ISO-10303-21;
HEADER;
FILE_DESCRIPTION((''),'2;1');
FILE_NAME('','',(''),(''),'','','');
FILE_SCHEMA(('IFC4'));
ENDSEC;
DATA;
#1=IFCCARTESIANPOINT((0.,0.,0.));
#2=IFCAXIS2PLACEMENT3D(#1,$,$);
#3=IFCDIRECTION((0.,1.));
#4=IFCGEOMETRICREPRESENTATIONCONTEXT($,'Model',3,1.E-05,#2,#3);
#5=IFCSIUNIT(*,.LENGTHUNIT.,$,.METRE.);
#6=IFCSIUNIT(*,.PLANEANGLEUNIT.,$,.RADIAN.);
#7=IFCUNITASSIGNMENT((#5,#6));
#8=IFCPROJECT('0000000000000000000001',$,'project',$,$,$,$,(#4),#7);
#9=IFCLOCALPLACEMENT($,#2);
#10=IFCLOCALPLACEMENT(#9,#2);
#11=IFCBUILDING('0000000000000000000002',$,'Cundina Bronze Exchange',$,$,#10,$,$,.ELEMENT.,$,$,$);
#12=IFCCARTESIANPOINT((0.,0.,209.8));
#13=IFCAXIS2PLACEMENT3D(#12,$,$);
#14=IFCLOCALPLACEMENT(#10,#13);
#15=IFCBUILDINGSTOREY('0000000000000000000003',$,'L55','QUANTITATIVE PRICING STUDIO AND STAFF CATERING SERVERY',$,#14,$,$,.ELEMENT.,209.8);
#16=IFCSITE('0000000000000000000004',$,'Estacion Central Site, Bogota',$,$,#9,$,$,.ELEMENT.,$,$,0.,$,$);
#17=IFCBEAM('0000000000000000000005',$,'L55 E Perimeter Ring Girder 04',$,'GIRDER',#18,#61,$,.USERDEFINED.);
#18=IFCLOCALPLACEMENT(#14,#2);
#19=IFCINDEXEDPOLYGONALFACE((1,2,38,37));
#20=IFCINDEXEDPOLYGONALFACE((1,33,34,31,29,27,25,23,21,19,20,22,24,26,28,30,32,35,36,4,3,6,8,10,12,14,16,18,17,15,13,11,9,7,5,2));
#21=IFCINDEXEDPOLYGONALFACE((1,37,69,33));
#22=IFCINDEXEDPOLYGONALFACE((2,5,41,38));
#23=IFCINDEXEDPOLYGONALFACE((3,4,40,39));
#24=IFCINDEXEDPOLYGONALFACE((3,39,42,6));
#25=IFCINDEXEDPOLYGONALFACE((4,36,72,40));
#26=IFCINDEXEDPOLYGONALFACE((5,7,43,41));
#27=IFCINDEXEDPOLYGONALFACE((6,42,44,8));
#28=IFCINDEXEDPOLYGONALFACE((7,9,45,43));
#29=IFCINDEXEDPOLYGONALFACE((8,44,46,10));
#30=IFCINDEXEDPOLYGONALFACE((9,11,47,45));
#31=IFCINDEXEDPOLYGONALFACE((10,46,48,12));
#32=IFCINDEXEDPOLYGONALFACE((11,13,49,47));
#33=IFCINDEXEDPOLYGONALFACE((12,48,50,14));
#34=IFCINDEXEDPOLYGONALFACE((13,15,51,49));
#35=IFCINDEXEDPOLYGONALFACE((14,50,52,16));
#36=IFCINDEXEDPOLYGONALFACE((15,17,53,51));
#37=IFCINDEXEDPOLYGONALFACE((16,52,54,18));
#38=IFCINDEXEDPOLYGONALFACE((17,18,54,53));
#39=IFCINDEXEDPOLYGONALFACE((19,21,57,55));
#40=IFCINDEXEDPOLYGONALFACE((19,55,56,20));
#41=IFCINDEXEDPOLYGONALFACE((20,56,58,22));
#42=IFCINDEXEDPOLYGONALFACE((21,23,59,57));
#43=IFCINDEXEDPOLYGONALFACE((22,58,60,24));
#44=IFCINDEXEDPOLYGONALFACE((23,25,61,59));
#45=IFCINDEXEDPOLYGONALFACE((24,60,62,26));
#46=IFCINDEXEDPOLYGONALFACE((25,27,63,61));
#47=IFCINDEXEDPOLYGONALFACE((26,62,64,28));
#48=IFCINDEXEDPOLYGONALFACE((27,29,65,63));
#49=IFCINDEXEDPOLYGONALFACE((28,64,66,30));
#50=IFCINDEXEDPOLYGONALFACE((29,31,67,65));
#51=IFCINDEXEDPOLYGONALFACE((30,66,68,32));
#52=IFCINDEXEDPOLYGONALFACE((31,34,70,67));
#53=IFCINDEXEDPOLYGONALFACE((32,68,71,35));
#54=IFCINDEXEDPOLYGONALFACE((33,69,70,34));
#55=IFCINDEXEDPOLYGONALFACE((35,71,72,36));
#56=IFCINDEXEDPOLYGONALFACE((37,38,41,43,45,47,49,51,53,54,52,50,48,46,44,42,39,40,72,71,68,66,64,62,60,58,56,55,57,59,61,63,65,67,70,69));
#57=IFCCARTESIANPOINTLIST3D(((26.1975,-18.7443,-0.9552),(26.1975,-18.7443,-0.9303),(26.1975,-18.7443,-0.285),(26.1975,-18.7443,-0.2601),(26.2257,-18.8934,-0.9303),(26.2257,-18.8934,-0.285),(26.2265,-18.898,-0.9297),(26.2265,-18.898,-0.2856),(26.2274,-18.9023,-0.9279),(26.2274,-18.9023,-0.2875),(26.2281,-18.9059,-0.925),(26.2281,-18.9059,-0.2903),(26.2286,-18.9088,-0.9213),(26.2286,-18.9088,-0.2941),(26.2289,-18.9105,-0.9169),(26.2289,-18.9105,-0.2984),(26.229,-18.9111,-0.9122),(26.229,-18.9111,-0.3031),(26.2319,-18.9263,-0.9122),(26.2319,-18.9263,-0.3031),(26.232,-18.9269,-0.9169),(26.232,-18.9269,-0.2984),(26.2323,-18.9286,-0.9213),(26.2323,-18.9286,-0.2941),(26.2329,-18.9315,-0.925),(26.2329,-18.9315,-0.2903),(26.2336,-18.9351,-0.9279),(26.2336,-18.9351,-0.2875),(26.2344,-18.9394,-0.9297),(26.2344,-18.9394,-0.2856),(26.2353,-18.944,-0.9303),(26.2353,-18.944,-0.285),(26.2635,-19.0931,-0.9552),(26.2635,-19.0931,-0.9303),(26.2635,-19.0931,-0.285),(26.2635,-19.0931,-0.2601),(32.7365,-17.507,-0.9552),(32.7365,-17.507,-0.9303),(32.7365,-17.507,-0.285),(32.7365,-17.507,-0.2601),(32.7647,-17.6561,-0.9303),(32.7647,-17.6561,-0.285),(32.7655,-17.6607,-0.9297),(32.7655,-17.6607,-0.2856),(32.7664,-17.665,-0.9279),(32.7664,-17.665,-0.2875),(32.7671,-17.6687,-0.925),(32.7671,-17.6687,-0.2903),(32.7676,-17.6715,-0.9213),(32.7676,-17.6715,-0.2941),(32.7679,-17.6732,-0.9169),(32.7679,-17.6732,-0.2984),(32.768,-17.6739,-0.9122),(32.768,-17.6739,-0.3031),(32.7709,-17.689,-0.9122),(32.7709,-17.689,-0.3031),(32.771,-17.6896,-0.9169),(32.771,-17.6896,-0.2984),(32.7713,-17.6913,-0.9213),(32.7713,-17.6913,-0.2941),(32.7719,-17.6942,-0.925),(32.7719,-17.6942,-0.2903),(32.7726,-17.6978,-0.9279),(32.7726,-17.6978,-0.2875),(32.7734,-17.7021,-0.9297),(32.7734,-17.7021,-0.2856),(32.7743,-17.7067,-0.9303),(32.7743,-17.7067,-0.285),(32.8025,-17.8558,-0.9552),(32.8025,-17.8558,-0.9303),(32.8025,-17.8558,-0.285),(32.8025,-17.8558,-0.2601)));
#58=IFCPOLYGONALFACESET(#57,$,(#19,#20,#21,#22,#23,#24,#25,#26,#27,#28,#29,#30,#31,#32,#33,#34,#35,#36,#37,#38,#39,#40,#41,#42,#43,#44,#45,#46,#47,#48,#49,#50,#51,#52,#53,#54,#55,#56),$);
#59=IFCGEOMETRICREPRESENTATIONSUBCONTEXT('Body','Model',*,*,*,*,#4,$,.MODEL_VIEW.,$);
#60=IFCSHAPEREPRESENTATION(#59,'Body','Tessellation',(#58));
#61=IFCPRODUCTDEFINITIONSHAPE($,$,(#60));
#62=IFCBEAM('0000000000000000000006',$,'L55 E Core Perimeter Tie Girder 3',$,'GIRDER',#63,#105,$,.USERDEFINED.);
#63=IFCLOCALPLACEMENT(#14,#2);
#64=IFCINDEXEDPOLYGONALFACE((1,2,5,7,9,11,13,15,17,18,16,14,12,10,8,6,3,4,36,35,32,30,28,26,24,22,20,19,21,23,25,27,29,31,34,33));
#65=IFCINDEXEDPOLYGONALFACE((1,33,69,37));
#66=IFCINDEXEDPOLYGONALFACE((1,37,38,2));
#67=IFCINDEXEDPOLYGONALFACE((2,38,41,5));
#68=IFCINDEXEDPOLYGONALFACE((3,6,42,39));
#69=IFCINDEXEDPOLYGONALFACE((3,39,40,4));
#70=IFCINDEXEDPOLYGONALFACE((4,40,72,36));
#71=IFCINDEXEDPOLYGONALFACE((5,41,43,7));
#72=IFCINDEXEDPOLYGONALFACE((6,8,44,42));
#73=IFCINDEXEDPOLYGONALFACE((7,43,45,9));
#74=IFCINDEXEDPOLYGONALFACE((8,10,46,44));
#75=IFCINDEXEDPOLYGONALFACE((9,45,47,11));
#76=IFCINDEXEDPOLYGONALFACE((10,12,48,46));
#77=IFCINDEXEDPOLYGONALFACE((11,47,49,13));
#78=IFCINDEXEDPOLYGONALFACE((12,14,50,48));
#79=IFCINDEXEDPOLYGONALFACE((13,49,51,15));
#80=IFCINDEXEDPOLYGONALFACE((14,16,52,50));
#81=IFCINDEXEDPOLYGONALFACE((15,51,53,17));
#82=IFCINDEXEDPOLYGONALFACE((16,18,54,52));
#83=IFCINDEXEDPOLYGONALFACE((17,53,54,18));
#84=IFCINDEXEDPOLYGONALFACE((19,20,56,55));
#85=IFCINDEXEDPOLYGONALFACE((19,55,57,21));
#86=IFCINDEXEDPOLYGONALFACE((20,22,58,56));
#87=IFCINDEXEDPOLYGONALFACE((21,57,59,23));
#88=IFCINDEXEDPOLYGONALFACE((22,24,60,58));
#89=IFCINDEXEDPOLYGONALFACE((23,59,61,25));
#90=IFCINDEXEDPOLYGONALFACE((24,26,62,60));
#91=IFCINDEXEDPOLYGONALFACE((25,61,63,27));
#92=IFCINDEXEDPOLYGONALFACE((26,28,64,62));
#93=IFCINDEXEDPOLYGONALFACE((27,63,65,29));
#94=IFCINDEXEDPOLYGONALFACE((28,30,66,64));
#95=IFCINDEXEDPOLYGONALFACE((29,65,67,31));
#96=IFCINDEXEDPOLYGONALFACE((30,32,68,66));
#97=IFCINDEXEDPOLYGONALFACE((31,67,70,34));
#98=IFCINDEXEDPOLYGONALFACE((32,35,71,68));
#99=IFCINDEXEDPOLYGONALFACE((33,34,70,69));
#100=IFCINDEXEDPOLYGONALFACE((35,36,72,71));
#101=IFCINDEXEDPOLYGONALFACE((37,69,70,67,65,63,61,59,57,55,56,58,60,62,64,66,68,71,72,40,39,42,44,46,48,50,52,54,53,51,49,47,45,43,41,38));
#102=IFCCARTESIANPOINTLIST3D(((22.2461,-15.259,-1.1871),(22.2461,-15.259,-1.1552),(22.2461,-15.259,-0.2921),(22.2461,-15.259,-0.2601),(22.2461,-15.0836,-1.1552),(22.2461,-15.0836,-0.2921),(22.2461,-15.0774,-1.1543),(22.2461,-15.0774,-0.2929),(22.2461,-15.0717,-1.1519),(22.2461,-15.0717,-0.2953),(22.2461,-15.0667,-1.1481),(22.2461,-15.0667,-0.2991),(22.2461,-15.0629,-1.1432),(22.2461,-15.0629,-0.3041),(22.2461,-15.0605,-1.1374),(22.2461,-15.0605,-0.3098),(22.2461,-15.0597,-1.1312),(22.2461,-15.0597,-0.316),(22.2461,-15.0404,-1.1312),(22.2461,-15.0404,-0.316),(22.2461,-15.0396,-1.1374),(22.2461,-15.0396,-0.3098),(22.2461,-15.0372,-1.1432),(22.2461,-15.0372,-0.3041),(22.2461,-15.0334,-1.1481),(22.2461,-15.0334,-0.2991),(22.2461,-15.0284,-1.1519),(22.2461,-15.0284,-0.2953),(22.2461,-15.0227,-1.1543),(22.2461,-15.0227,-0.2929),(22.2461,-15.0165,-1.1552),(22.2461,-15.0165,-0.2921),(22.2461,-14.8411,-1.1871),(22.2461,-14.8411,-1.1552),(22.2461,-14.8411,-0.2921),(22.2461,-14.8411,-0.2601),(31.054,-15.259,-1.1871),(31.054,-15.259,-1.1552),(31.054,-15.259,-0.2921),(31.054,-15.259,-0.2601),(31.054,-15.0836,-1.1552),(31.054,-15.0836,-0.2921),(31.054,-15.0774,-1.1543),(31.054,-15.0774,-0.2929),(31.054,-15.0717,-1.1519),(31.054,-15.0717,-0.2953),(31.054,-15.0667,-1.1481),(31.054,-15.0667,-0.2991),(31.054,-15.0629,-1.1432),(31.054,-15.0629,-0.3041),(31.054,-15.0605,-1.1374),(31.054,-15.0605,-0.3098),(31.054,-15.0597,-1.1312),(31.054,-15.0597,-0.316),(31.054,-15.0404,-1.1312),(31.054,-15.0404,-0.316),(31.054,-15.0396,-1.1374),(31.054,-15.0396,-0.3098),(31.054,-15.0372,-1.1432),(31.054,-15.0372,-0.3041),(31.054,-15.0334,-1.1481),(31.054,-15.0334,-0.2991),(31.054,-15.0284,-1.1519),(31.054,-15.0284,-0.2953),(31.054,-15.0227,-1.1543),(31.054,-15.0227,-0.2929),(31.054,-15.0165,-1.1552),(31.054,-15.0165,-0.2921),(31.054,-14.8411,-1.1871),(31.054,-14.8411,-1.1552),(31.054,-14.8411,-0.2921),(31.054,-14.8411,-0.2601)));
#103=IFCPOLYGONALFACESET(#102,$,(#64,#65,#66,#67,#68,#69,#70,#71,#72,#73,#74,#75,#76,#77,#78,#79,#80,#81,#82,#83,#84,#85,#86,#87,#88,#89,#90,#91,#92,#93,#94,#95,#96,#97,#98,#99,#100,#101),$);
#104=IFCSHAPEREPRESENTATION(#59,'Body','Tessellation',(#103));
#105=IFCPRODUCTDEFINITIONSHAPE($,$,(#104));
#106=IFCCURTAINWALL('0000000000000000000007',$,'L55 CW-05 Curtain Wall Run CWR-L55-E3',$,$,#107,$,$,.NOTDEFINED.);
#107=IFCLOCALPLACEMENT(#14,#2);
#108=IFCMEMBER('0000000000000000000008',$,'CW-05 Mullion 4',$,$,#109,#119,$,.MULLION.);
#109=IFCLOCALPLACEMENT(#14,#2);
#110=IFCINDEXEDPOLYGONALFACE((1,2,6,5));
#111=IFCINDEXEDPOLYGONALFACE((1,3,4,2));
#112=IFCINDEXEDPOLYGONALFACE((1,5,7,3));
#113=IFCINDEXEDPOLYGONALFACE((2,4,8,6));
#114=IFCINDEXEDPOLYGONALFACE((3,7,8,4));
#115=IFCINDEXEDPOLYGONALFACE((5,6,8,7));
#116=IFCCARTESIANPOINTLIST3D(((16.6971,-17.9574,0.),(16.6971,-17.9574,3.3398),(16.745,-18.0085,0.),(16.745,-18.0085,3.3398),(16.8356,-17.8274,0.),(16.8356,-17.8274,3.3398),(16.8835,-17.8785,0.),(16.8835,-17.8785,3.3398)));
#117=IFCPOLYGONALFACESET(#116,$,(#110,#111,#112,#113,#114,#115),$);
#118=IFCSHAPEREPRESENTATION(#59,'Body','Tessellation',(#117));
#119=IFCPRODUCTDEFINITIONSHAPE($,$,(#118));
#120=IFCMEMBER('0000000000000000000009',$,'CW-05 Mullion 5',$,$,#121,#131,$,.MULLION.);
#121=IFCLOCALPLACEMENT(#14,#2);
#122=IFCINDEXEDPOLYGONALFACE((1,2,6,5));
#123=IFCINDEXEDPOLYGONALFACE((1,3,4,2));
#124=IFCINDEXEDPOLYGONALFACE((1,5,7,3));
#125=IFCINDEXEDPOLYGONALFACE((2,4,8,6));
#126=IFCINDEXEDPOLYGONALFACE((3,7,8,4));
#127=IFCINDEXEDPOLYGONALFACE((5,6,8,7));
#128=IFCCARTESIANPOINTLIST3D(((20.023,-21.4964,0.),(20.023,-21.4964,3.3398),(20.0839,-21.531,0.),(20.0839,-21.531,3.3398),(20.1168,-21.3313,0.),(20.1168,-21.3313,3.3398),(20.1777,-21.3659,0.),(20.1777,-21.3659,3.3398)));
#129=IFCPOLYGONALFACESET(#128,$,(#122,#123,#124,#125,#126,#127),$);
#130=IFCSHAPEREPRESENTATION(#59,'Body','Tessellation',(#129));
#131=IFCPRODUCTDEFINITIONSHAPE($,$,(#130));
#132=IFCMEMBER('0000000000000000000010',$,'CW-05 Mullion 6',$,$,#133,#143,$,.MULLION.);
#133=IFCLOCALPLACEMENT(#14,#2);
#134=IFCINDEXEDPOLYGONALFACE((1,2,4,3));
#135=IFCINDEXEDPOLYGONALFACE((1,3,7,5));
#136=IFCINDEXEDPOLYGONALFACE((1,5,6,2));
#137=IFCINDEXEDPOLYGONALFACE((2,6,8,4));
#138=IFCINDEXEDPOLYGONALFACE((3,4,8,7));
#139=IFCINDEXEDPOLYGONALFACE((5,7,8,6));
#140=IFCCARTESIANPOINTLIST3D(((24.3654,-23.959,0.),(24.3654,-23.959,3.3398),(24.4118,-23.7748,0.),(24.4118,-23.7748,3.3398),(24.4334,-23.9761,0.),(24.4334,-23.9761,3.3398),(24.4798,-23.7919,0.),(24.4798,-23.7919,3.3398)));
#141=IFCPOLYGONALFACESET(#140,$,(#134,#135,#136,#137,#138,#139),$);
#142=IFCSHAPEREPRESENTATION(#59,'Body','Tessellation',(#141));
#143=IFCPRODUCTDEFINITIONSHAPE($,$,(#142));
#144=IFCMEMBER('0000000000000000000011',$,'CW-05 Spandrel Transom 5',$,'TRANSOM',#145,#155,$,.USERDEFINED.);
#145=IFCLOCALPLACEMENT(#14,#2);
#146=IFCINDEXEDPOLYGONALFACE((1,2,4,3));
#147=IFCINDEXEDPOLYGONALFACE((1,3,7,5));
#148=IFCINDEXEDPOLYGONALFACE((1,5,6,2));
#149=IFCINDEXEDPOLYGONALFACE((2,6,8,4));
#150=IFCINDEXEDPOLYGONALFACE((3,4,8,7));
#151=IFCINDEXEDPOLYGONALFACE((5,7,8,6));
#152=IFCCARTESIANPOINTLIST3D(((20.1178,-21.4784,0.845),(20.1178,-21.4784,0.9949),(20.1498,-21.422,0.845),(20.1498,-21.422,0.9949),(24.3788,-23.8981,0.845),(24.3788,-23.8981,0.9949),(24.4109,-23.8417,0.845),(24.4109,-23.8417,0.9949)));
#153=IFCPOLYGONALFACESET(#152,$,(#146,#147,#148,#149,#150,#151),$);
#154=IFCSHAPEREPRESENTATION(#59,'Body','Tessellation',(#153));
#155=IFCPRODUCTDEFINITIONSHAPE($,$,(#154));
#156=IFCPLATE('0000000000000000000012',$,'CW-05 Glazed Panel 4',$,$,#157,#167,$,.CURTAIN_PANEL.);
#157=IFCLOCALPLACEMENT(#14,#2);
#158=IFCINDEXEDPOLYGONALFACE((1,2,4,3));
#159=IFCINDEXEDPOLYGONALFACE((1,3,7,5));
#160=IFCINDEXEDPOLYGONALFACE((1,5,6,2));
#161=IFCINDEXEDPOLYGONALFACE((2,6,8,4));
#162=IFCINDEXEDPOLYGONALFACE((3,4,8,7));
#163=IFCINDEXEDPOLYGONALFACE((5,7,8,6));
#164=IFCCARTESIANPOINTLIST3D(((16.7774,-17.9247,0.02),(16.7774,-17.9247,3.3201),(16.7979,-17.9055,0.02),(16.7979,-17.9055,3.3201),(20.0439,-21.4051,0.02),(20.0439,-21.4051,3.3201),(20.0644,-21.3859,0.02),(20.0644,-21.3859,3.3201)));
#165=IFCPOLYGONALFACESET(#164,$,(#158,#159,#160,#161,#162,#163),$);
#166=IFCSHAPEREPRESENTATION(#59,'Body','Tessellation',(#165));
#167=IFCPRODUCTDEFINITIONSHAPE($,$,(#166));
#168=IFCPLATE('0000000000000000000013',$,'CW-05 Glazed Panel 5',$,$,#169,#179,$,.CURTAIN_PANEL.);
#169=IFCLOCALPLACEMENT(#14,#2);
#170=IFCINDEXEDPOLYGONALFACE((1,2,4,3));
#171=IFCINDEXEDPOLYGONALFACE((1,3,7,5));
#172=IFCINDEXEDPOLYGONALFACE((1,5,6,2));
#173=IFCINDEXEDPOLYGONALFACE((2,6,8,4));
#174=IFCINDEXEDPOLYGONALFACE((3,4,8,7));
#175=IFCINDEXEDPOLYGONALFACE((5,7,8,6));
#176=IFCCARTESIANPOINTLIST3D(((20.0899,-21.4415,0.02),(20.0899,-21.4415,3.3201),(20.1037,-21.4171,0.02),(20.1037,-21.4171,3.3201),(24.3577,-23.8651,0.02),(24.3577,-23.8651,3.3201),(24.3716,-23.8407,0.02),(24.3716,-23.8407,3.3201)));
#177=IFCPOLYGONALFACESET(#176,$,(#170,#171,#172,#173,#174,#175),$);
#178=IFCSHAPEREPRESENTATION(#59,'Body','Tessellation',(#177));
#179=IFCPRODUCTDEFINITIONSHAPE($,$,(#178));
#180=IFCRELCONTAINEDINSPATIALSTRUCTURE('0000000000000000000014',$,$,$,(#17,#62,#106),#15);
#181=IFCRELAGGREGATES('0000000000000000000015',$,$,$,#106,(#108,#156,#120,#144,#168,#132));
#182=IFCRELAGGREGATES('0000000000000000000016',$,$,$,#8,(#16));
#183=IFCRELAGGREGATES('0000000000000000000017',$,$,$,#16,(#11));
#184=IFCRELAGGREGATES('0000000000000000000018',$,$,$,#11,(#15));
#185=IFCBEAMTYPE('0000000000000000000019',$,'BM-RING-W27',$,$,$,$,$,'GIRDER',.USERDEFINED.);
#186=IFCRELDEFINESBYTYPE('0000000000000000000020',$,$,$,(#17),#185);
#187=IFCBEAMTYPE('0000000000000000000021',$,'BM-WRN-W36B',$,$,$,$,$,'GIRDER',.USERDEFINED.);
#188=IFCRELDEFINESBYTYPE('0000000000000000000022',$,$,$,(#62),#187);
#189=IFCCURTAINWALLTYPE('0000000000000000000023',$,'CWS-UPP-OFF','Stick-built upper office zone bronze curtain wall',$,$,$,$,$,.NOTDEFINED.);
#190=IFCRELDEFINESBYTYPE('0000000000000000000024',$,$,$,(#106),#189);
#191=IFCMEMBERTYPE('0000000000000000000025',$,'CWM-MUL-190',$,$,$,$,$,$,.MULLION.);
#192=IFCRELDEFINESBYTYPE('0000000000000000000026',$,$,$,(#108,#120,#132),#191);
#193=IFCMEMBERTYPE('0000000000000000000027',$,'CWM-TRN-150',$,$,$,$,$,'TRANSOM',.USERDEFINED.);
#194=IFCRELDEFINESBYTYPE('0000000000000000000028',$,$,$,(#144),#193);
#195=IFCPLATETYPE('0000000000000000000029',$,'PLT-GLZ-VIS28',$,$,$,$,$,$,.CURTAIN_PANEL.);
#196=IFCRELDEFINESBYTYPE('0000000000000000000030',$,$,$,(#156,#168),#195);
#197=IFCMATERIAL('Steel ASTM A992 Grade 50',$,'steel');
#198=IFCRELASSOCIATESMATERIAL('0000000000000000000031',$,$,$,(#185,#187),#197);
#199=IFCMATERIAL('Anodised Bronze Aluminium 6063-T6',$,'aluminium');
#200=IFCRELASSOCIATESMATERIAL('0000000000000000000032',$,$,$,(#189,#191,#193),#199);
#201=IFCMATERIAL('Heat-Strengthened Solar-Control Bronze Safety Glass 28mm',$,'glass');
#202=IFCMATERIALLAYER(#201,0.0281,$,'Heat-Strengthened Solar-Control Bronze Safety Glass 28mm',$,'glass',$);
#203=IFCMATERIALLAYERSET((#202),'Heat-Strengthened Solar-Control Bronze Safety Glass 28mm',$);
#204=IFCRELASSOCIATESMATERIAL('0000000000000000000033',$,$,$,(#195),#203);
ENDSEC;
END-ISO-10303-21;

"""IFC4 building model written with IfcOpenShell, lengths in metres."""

from ifc_helpers import new_model, si_unit, direction, frame, origin, origin_2d, place, context, subcontext, project, spatial, rectangle, i_section, extrude, material, layer, layer_set, material_profile, profile_set, type_object, element, aggregate, save


model = new_model("IFC4")

# Units and contexts
model_context = context("Model", 3, precision=1e-05, world=origin(), true_north=direction((0.0, 1.0)))
body_context = subcontext(model_context, "Body", "Model", "MODEL_VIEW")
ifc_project = project(units=[si_unit("LENGTHUNIT", "METRE"), si_unit("PLANEANGLEUNIT", "RADIAN")], contexts=[model_context])

# Site, building, storey
site_placement = place(None, origin())
site = spatial("IfcSite", under=ifc_project, at=site_placement, Name="Estacion Central Site, Bogota", CompositionType="ELEMENT", RefElevation=0.0)
building_placement = place(site_placement, origin())
building = spatial("IfcBuilding", under=site, at=building_placement, Name="Cundina Bronze Exchange", CompositionType="ELEMENT")
storey_placement = place(building_placement, frame((0.0, 0.0, 209.8)))
storey = spatial("IfcBuildingStorey", under=building, at=storey_placement, Name="L55", Description="QUANTITATIVE PRICING STUDIO AND STAFF CATERING SERVERY", CompositionType="ELEMENT", Elevation=209.8)

# Shared definitions
ifc_material_1 = material(Name="Steel ASTM A992 Grade 50", Category="steel")

# Beams
ifc_material_profile_1 = material_profile(ifc_material_1, i_section(OverallWidth=0.355, OverallDepth=0.6951, WebThickness=0.0154, FlangeThickness=0.0249, FilletRadius=0.0181, at=origin_2d()), Name="W27X146", Category="steel")
ifc_profile_set_1 = profile_set([ifc_material_profile_1], Name="Steel ASTM A992 Grade 50")
beam_type_1 = type_object("IfcBeamType", Name="BM-RING-W27", ElementType="GIRDER", PredefinedType="USERDEFINED", material=ifc_profile_set_1)
beam_1_placement = place(storey_placement, frame((26.2305, -18.9187, -0.6077), z_axis=(0.982565, 0.185918, 0.0), x_axis=(-0.185918, 0.982565, 0.0)))
element("IfcBeam", 1, at=beam_1_placement, inside=storey, type_object=beam_type_1, Name="L55 E Perimeter Ring Girder 04", ObjectType="GIRDER", PredefinedType="USERDEFINED", context=body_context, shape_type="SweptSolid", body=[
    extrude(i_section(OverallWidth=0.355, OverallDepth=0.6951, WebThickness=0.0154, FlangeThickness=0.0249, FilletRadius=0.0181, at=origin_2d()), origin(), (0.0, 0.0, 1.0), 6.655),
])
ifc_material_profile_2 = material_profile(ifc_material_1, i_section(OverallWidth=0.418, OverallDepth=0.927, WebThickness=0.0193, FlangeThickness=0.032, FilletRadius=0.0239, at=origin_2d()), Name="W36X231", Category="steel")
ifc_profile_set_2 = profile_set([ifc_material_profile_2], Name="Steel ASTM A992 Grade 50")
beam_type_2 = type_object("IfcBeamType", Name="BM-WRN-W36B", ElementType="GIRDER", PredefinedType="USERDEFINED", material=ifc_profile_set_2)
beam_2_placement = place(storey_placement, frame((22.2461, -15.05, -0.7236), z_axis=(1.0, 0.0, 0.0), x_axis=(0.0, 1.0, 0.0)))
element("IfcBeam", 2, at=beam_2_placement, inside=storey, type_object=beam_type_2, Name="L55 E Core Perimeter Tie Girder 3", ObjectType="GIRDER", PredefinedType="USERDEFINED", context=body_context, shape_type="SweptSolid", body=[
    extrude(i_section(OverallWidth=0.418, OverallDepth=0.927, WebThickness=0.0193, FlangeThickness=0.032, FilletRadius=0.0239, at=origin_2d()), origin(), (0.0, 0.0, 1.0), 8.8079),
])

# Curtain wall, members, plates
ifc_material_2 = material(Name="Anodised Bronze Aluminium 6063-T6", Category="aluminium")
curtain_wall_type = type_object("IfcCurtainWallType", Name="CWS-UPP-OFF", Description="Stick-built upper office zone bronze curtain wall", PredefinedType="NOTDEFINED", material=ifc_material_2)
curtain_wall_placement = place(storey_placement, origin())
curtain_wall = element("IfcCurtainWall", 3, at=curtain_wall_placement, inside=storey, type_object=curtain_wall_type, Name="L55 CW-05 Curtain Wall Run CWR-L55-E3", PredefinedType="NOTDEFINED")
ifc_material_profile_3 = material_profile(ifc_material_2, rectangle(XDim=0.0701, YDim=0.1899, at=origin_2d()), Name="AL70X190", Category="aluminium")
ifc_profile_set_3 = profile_set([ifc_material_profile_3], Name="Anodised Bronze Aluminium 6063-T6")
member_type_1 = type_object("IfcMemberType", Name="CWM-MUL-190", PredefinedType="MULLION", material=ifc_profile_set_3)
member_1_placement = place(storey_placement, frame((16.7903, -17.918, 0.0), z_axis=(0.0, 0.0, 1.0), x_axis=(0.684293, -0.729208, 0.0)))
member_1 = element("IfcMember", 4, at=member_1_placement, type_object=member_type_1, Name="CW-05 Mullion 4", PredefinedType="MULLION", context=body_context, shape_type="SweptSolid", body=[
    extrude(rectangle(XDim=0.0701, YDim=0.1899, at=origin_2d()), origin(), (0.0, 0.0, 1.0), 3.3398),
])
member_2_placement = place(storey_placement, frame((20.1003, -21.4312, 0.0), z_axis=(0.0, 0.0, 1.0), x_axis=(0.869581, -0.49379, 0.0)))
member_2 = element("IfcMember", 5, at=member_2_placement, type_object=member_type_1, Name="CW-05 Mullion 5", PredefinedType="MULLION", context=body_context, shape_type="SweptSolid", body=[
    extrude(rectangle(XDim=0.0701, YDim=0.1899, at=origin_2d()), origin(), (0.0, 0.0, 1.0), 3.3398),
])
member_3_placement = place(storey_placement, frame((24.4226, -23.8755, 0.0), z_axis=(0.0, 0.0, 1.0), x_axis=(0.969744, -0.244123, 0.0)))
member_3 = element("IfcMember", 6, at=member_3_placement, type_object=member_type_1, Name="CW-05 Mullion 6", PredefinedType="MULLION", context=body_context, shape_type="SweptSolid", body=[
    extrude(rectangle(XDim=0.0701, YDim=0.1899, at=origin_2d()), origin(), (0.0, 0.0, 1.0), 3.3398),
])
ifc_material_profile_4 = material_profile(ifc_material_2, rectangle(XDim=0.0649, YDim=0.1499, at=origin_2d()), Name="AL65X150", Category="aluminium")
ifc_profile_set_4 = profile_set([ifc_material_profile_4], Name="Anodised Bronze Aluminium 6063-T6")
member_type_2 = type_object("IfcMemberType", Name="CWM-TRN-150", ElementType="TRANSOM", PredefinedType="USERDEFINED", material=ifc_profile_set_4)
member_4_placement = place(storey_placement, frame((20.1338, -21.4502, 0.9199), z_axis=(0.869574, -0.493803, 0.0), x_axis=(0.493803, 0.869574, 0.0)))
member_4 = element("IfcMember", 7, at=member_4_placement, type_object=member_type_2, Name="CW-05 Spandrel Transom 5", ObjectType="TRANSOM", PredefinedType="USERDEFINED", context=body_context, shape_type="SweptSolid", body=[
    extrude(rectangle(XDim=0.0649, YDim=0.1499, at=origin_2d()), origin(), (0.0, 0.0, 1.0), 4.9001),
])
ifc_material_3 = material(Name="Heat-Strengthened Solar-Control Bronze Safety Glass 28mm", Category="glass")
ifc_layer_1 = layer(ifc_material_3, 0.0281, Name="Heat-Strengthened Solar-Control Bronze Safety Glass 28mm", Category="glass")
ifc_layer_set_1 = layer_set([ifc_layer_1], Name="Heat-Strengthened Solar-Control Bronze Safety Glass 28mm")
plate_type_1 = type_object("IfcPlateType", Name="PLT-GLZ-VIS28", PredefinedType="CURTAIN_PANEL", material=ifc_layer_set_1)
plate_1_placement = place(storey_placement, frame((18.4209, -19.6553, 0.02), z_axis=(0.0, 0.0, 1.0), x_axis=(0.684344, -0.72916, 0.0)))
plate_1 = element("IfcPlate", 8, at=plate_1_placement, type_object=plate_type_1, Name="CW-05 Glazed Panel 4", PredefinedType="CURTAIN_PANEL", context=body_context, shape_type="SweptSolid", body=[
    extrude(rectangle(XDim=4.7732, YDim=0.0281, at=origin_2d()), origin(), (0.0, 0.0, 1.0), 3.3),
])
plate_2_placement = place(storey_placement, frame((22.2307, -22.6411, 0.02), z_axis=(0.0, 0.0, 1.0), x_axis=(0.869573, -0.493805, 0.0)))
plate_2 = element("IfcPlate", 9, at=plate_2_placement, type_object=plate_type_1, Name="CW-05 Glazed Panel 5", PredefinedType="CURTAIN_PANEL", context=body_context, shape_type="SweptSolid", body=[
    extrude(rectangle(XDim=4.908, YDim=0.0281, at=origin_2d()), origin(), (0.0, 0.0, 1.0), 3.3),
])
aggregate(curtain_wall, [member_1, plate_1, member_2, member_4, plate_2, member_3])

save(model, "model.ifc")
